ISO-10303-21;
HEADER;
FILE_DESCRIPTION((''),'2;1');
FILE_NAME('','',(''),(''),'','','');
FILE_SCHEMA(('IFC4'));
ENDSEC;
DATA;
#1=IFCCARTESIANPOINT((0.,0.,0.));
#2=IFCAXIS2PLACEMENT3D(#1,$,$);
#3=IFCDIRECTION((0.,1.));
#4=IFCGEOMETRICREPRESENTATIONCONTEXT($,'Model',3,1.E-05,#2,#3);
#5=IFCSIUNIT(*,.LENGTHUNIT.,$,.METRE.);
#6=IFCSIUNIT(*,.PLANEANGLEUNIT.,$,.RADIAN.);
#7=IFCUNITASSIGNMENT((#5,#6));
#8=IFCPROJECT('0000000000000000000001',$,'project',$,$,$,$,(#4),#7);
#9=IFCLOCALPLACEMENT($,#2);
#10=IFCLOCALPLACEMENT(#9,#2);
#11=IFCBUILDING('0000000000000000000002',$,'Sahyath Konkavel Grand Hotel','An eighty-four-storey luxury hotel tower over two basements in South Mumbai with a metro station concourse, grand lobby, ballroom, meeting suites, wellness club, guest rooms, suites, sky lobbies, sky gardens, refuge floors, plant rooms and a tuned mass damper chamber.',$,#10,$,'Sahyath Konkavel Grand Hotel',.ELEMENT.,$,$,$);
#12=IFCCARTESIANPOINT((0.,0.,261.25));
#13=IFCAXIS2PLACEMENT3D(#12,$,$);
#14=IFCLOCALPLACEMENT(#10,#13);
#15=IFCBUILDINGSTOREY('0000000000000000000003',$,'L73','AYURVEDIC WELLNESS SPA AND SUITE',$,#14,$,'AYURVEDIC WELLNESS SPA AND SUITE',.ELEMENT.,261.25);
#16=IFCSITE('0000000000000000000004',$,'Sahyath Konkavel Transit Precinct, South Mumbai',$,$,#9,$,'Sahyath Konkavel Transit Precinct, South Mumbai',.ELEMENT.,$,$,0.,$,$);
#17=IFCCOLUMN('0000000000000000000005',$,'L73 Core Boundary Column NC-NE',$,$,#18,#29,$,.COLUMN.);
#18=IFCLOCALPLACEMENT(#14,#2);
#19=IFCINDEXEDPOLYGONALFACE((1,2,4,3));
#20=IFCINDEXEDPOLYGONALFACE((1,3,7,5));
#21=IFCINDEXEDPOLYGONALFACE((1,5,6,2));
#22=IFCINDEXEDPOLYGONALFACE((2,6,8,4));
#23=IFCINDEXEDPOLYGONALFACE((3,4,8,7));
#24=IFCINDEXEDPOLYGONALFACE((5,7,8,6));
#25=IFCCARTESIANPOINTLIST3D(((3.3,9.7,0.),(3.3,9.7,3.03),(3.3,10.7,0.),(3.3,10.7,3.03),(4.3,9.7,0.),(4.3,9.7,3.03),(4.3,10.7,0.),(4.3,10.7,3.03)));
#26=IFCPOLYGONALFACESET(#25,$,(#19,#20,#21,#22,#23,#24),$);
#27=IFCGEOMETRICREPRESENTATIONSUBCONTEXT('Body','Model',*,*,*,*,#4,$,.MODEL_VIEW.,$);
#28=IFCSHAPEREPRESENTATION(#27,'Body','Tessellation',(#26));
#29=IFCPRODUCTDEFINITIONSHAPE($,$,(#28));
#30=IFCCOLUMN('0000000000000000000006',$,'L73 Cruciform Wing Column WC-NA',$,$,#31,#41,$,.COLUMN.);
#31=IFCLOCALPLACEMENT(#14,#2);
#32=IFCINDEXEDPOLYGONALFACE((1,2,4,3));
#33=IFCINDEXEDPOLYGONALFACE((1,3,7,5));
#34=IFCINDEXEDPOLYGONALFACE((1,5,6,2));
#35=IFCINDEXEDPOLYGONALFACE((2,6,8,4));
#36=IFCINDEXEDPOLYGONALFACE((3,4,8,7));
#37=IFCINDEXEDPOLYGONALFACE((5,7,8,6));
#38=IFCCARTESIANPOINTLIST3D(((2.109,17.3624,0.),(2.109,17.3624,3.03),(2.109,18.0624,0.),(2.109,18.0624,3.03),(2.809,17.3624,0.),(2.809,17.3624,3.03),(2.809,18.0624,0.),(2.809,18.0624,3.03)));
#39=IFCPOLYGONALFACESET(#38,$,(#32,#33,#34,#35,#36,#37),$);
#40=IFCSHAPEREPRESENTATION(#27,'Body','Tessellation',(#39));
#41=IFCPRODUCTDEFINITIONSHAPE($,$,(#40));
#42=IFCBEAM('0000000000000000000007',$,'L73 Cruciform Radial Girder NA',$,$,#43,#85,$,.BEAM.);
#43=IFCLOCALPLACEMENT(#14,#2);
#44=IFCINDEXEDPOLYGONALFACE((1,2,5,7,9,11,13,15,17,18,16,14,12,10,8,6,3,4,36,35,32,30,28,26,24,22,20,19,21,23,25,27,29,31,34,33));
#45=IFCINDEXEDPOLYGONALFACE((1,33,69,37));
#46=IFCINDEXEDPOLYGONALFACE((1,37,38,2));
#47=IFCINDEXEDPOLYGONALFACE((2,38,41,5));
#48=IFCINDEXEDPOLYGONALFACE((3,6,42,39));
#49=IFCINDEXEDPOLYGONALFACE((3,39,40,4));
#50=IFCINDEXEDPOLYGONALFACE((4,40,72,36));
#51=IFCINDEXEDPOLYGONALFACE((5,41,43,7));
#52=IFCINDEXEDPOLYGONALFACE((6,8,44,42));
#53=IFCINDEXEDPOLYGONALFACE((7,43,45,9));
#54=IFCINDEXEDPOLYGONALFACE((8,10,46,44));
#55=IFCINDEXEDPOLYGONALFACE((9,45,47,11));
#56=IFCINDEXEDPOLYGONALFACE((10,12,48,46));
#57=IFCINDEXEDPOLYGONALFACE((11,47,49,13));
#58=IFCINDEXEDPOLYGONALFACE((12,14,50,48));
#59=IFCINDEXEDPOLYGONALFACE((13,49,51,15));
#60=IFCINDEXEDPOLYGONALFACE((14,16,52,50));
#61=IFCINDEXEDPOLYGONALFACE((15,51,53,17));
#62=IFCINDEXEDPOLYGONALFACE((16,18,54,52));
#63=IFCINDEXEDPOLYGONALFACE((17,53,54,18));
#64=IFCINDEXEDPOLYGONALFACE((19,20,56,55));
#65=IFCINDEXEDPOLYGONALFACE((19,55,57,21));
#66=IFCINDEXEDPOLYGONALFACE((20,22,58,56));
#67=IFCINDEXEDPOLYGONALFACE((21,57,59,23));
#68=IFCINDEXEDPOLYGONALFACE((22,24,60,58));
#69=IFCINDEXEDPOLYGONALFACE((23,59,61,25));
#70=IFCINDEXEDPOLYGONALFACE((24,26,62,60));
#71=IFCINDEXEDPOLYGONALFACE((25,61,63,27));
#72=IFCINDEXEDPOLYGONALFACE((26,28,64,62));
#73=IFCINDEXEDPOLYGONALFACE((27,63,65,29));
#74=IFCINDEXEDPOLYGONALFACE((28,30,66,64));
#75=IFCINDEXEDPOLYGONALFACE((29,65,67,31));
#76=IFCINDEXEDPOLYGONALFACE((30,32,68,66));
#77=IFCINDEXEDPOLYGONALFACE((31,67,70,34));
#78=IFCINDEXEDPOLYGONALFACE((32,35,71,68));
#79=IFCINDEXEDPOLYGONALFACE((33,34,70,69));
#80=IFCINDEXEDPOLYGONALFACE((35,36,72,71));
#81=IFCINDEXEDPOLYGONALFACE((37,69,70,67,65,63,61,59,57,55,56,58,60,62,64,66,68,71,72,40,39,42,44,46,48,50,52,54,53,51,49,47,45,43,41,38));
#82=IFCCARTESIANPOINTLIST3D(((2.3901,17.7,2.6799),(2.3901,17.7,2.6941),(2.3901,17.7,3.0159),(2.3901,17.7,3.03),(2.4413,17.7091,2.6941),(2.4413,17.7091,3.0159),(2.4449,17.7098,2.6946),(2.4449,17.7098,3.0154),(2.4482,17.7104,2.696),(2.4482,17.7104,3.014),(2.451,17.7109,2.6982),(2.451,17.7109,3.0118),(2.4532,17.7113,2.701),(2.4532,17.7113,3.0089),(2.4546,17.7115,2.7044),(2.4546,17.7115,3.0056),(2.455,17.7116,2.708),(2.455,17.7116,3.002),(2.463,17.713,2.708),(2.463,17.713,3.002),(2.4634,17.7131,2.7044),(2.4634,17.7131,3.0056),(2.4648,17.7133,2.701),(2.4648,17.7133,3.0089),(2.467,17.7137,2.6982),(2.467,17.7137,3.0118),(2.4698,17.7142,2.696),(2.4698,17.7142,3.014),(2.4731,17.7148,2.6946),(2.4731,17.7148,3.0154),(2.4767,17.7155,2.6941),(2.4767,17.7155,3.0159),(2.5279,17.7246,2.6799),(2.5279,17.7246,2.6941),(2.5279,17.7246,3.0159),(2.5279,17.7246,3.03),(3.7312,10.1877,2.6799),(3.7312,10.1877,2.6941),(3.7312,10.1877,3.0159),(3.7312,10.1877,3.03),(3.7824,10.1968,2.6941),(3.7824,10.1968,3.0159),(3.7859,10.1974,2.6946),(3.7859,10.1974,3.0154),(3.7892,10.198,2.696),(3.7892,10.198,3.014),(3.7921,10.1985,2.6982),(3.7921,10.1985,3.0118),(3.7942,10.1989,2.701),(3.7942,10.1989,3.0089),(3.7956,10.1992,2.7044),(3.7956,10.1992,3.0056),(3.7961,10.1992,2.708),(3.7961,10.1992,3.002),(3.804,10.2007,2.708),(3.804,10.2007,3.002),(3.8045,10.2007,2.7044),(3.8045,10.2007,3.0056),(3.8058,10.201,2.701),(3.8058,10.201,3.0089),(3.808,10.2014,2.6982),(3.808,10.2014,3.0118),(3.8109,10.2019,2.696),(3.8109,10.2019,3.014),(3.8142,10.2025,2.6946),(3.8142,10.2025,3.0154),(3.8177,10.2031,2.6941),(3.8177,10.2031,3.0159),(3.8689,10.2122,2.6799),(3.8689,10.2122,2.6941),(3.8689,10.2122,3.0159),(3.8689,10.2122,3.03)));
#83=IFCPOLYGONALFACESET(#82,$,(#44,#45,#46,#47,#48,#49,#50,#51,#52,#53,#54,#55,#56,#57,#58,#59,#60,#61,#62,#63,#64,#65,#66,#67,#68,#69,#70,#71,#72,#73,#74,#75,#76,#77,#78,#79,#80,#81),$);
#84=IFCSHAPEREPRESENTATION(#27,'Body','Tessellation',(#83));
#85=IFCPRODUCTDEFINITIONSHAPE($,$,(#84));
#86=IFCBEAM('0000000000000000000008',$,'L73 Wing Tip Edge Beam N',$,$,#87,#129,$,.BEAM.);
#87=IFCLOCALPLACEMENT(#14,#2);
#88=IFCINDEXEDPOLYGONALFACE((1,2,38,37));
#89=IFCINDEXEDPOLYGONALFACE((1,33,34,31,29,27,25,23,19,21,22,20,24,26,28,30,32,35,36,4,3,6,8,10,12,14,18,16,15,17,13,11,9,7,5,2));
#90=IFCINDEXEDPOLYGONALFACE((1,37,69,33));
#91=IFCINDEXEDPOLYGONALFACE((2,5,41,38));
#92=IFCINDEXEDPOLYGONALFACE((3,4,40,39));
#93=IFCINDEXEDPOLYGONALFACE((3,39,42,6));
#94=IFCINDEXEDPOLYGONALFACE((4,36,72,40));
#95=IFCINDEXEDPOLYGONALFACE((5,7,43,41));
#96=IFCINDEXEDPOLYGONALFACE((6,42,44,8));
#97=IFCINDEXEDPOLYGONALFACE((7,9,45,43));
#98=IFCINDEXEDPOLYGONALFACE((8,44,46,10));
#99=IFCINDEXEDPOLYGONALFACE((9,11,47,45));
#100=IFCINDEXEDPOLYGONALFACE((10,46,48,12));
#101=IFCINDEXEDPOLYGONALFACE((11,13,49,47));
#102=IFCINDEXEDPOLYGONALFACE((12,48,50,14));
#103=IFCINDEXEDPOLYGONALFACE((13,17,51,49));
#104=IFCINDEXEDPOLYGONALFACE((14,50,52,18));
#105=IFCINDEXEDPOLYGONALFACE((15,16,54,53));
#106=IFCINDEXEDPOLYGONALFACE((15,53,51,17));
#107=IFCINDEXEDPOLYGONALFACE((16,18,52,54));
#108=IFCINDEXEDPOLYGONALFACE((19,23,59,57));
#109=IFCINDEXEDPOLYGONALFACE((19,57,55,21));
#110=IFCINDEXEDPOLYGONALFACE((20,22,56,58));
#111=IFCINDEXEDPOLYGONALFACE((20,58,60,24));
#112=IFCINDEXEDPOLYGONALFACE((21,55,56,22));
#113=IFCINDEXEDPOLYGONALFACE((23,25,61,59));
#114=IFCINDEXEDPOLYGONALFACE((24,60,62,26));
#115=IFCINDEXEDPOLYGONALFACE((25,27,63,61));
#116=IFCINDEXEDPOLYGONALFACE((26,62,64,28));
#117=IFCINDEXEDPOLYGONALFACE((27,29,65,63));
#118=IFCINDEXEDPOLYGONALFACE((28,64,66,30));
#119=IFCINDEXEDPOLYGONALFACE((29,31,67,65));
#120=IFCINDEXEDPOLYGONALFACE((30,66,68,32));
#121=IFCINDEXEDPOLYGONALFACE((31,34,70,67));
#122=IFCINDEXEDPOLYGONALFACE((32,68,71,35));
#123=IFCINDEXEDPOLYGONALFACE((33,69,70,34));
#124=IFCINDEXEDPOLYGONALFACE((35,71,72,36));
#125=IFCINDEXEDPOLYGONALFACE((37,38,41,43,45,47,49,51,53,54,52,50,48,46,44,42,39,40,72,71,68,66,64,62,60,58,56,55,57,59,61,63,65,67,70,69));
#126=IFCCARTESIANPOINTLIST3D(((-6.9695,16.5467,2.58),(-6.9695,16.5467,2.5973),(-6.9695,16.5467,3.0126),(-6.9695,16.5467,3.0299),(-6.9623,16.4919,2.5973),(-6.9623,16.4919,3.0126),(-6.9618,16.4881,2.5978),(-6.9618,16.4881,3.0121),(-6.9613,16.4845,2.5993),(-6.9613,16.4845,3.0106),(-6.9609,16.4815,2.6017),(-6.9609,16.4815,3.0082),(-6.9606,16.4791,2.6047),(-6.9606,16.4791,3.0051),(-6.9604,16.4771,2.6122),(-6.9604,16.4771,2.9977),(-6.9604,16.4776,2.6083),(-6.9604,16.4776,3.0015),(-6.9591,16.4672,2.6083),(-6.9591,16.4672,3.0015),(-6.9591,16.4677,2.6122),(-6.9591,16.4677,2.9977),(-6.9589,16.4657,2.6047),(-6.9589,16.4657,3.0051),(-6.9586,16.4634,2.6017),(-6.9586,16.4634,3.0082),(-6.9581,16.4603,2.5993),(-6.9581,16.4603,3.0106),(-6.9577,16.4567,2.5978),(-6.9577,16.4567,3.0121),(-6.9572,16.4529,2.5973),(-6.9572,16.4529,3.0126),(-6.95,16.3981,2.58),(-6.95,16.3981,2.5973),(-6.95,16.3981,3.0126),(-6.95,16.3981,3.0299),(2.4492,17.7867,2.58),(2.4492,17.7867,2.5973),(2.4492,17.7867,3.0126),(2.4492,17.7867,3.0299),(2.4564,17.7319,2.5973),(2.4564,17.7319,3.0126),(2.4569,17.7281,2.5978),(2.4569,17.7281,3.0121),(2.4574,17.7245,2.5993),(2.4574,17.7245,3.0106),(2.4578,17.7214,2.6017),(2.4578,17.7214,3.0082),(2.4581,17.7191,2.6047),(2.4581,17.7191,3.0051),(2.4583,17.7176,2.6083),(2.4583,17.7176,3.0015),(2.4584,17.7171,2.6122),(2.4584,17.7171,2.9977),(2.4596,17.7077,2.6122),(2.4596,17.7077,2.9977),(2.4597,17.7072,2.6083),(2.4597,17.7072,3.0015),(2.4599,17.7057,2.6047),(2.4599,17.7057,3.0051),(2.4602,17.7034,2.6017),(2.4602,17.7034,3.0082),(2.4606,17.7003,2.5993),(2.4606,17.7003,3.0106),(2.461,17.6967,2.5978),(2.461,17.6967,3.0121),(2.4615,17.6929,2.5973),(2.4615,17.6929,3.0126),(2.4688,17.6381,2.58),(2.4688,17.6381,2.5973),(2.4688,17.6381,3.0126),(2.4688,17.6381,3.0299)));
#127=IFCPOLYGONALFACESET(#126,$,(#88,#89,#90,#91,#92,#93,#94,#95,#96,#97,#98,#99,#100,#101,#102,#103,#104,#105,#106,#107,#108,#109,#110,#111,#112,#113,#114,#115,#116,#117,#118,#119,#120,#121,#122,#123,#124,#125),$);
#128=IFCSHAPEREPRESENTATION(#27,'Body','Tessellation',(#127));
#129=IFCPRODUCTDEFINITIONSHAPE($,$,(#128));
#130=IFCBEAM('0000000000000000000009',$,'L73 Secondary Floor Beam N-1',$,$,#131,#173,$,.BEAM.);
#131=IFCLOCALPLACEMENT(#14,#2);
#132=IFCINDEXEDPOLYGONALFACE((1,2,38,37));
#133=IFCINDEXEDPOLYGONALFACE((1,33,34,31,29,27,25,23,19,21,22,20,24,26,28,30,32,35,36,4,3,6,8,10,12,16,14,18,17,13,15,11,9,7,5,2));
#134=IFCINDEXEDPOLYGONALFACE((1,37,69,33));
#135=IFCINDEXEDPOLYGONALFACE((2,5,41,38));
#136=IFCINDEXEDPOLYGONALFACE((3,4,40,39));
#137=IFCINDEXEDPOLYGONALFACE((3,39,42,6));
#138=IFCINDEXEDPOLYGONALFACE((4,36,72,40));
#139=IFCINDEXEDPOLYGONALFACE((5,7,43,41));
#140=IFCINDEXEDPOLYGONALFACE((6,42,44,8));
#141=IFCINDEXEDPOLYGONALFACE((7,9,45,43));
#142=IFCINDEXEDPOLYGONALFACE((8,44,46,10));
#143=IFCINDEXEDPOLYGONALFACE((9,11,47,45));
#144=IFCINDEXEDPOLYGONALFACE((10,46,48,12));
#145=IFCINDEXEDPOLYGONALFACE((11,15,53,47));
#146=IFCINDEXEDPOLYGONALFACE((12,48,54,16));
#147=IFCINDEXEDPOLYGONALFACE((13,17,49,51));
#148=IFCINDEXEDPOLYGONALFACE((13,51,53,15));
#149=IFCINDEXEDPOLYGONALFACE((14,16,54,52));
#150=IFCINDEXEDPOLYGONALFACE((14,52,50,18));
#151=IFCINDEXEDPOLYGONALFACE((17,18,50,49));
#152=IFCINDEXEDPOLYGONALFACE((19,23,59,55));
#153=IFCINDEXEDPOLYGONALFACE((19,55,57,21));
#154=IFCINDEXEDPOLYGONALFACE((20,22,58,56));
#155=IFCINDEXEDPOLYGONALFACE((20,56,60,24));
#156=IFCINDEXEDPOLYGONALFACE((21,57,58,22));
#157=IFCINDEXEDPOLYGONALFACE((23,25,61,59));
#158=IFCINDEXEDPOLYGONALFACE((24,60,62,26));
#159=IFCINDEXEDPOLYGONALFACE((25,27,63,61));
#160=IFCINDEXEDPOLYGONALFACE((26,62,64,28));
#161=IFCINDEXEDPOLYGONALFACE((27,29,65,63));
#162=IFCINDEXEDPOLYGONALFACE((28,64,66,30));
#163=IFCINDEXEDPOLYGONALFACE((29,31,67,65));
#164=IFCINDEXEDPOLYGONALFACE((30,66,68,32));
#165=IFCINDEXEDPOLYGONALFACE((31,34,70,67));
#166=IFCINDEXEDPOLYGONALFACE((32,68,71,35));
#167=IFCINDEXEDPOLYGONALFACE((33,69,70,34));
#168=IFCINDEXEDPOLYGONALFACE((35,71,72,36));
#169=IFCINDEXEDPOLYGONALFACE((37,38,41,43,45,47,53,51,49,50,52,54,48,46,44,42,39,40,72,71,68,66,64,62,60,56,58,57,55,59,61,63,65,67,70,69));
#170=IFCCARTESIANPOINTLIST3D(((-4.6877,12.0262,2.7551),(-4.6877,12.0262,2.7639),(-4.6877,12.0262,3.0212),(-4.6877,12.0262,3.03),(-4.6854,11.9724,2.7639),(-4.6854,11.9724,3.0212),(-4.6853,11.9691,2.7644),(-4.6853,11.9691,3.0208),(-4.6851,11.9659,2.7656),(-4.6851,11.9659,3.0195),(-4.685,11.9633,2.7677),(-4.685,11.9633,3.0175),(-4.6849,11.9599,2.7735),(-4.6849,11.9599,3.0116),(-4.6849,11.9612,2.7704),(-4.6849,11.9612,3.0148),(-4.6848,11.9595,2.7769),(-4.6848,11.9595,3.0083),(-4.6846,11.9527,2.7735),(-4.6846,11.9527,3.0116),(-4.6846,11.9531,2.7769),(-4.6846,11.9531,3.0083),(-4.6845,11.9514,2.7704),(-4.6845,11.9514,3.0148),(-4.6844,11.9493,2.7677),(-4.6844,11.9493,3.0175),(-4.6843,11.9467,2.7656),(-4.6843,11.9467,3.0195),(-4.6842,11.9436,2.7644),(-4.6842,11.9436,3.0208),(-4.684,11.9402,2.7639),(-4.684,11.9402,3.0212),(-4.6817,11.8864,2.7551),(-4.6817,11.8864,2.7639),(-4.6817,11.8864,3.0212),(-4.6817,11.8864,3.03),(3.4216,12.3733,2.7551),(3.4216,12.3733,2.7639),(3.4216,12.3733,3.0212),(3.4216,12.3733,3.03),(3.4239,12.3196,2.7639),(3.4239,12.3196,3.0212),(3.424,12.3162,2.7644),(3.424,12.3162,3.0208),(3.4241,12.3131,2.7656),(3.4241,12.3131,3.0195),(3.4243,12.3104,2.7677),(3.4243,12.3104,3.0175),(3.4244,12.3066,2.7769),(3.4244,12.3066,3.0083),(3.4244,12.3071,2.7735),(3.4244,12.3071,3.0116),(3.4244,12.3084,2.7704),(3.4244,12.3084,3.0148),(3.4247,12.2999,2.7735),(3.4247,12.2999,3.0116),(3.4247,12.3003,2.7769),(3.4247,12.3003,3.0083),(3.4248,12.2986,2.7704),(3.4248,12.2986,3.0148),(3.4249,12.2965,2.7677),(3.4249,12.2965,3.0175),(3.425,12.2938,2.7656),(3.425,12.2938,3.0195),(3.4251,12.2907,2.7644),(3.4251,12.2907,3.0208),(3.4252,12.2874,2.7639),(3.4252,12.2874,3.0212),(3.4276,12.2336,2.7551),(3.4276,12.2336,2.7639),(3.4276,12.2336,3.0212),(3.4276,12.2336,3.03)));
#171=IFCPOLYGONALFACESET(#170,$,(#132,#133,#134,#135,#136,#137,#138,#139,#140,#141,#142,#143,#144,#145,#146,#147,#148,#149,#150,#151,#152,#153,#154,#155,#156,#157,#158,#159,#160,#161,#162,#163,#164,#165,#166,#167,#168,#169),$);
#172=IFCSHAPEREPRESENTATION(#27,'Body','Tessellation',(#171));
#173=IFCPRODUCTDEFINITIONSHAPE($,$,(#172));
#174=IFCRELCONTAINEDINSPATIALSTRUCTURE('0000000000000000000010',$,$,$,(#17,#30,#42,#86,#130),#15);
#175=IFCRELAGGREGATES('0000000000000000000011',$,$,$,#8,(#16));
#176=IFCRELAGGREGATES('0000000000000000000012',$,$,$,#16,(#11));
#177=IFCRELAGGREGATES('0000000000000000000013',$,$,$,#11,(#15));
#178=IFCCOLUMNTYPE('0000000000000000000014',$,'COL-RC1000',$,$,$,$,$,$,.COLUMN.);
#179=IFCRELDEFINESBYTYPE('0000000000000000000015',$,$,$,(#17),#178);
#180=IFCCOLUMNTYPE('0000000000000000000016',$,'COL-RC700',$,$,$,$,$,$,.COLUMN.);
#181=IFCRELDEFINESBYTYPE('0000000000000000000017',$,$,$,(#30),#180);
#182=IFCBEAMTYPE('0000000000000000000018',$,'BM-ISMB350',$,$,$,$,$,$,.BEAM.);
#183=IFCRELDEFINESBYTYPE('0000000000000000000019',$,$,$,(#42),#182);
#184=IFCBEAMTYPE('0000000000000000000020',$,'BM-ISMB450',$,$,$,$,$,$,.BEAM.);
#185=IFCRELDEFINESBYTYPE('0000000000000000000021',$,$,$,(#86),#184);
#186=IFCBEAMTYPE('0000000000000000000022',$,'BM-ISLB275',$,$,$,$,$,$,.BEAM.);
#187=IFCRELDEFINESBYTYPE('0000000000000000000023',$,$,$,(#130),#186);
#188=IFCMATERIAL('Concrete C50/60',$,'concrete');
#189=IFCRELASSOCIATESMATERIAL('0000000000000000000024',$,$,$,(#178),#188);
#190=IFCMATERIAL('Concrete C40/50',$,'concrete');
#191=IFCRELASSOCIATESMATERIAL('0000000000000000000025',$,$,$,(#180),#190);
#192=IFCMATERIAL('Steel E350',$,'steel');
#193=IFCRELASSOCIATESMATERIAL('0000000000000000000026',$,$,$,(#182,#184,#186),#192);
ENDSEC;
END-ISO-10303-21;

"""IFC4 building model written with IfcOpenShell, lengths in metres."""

from ifc_helpers import new_model, si_unit, direction, frame, origin, origin_2d, place, context, subcontext, project, spatial, rectangle, i_section, extrude, source, transform, mapped, material, material_profile, profile_set, type_object, element, save


model = new_model("IFC4")

# Units and contexts
model_context = context("Model", 3, precision=1e-05, world=origin(), true_north=direction((0.0, 1.0)))
body_context = subcontext(model_context, "Body", "Model", "MODEL_VIEW")
ifc_project = project(units=[si_unit("LENGTHUNIT", "METRE"), si_unit("PLANEANGLEUNIT", "RADIAN")], contexts=[model_context])

# Site, building, storey
site_placement = place(None, origin())
site = spatial("IfcSite", under=ifc_project, at=site_placement, Name="Sahyath Konkavel Transit Precinct, South Mumbai", LongName="Sahyath Konkavel Transit Precinct, South Mumbai", CompositionType="ELEMENT", RefElevation=0.0)
building_placement = place(site_placement, origin())
building = spatial("IfcBuilding", under=site, at=building_placement, Name="Sahyath Konkavel Grand Hotel", Description="An eighty-four-storey luxury hotel tower over two basements in South Mumbai with a metro station concourse, grand lobby, ballroom, meeting suites, wellness club, guest rooms, suites, sky lobbies, sky gardens, refuge floors, plant rooms and a tuned mass damper chamber.", LongName="Sahyath Konkavel Grand Hotel", CompositionType="ELEMENT")
storey_placement = place(building_placement, frame((0.0, 0.0, 261.25)))
storey = spatial("IfcBuildingStorey", under=building, at=storey_placement, Name="L73", Description="AYURVEDIC WELLNESS SPA AND SUITE", LongName="AYURVEDIC WELLNESS SPA AND SUITE", CompositionType="ELEMENT", Elevation=261.25)

# Columns
ifc_material_1 = material(Name="Concrete C50/60", Category="concrete")
ifc_material_profile_1 = material_profile(ifc_material_1, rectangle(XDim=1.0, YDim=1.0, at=origin_2d()), Name="RC 1000x1000")
ifc_profile_set_1 = profile_set([ifc_material_profile_1], Name="Concrete C50/60")
column_type_1 = type_object("IfcColumnType", Name="COL-RC1000", PredefinedType="COLUMN", material=ifc_profile_set_1)
shared_shape_1 = source(origin(), body_context, "Body", "SweptSolid", [
    extrude(rectangle(XDim=1.0, YDim=1.0, at=origin_2d()), origin(), (0.0, 0.0, 1.0), 3.03),
])
column_1_placement = place(storey_placement, frame((3.8, 10.2, 0.0), z_axis=(0.0, 0.0, 1.0), x_axis=(1.0, 0.0, 0.0)))
element("IfcColumn", 1, at=column_1_placement, inside=storey, type_object=column_type_1, Name="L73 Core Boundary Column NC-NE", PredefinedType="COLUMN", context=body_context, shape_type="MappedRepresentation", body=[
    mapped(shared_shape_1, transform((0.0, 0.0, 0.0), scale=1.0)),
])
ifc_material_2 = material(Name="Concrete C40/50", Category="concrete")
ifc_material_profile_2 = material_profile(ifc_material_2, rectangle(XDim=0.7, YDim=0.7, at=origin_2d()), Name="RC 700x700")
ifc_profile_set_2 = profile_set([ifc_material_profile_2], Name="Concrete C40/50")
column_type_2 = type_object("IfcColumnType", Name="COL-RC700", PredefinedType="COLUMN", material=ifc_profile_set_2)
shared_shape_2 = source(origin(), body_context, "Body", "SweptSolid", [
    extrude(rectangle(XDim=0.7, YDim=0.7, at=origin_2d()), origin(), (0.0, 0.0, 1.0), 3.03),
])
column_2_placement = place(storey_placement, frame((2.459, 17.7124, 0.0), z_axis=(0.0, 0.0, 1.0), x_axis=(1.0, 0.0, 0.0)))
element("IfcColumn", 2, at=column_2_placement, inside=storey, type_object=column_type_2, Name="L73 Cruciform Wing Column WC-NA", PredefinedType="COLUMN", context=body_context, shape_type="MappedRepresentation", body=[
    mapped(shared_shape_2, transform((0.0, 0.0, 0.0), scale=1.0)),
])

# Beams
ifc_material_3 = material(Name="Steel E350", Category="steel")
ifc_material_profile_3 = material_profile(ifc_material_3, i_section(OverallWidth=0.1399, OverallDepth=0.3501, WebThickness=0.0081, FlangeThickness=0.0142, FilletRadius=0.0139, at=origin_2d()), Name="ISMB 350")
ifc_profile_set_3 = profile_set([ifc_material_profile_3], Name="Steel E350")
beam_type_1 = type_object("IfcBeamType", Name="BM-ISMB350", PredefinedType="BEAM", material=ifc_profile_set_3)
shared_shape_3 = source(origin(), body_context, "Body", "SweptSolid", [
    extrude(i_section(OverallWidth=0.1399, OverallDepth=0.3501, WebThickness=0.0081, FlangeThickness=0.0142, FilletRadius=0.0139, at=origin_2d()), origin(), (0.0, 0.0, 1.0), 7.6311),
])
beam_1_placement = place(storey_placement, frame((3.8, 10.2, 2.855), z_axis=(-0.175734, 0.984438, 0.0), x_axis=(-0.984438, -0.175734, 0.0)))
element("IfcBeam", 3, at=beam_1_placement, inside=storey, type_object=beam_type_1, Name="L73 Cruciform Radial Girder NA", PredefinedType="BEAM", context=body_context, shape_type="MappedRepresentation", body=[
    mapped(shared_shape_3, transform((0.0, 0.0, 0.0), scale=1.0)),
])
ifc_material_profile_4 = material_profile(ifc_material_3, i_section(OverallWidth=0.1499, OverallDepth=0.45, WebThickness=0.0095, FlangeThickness=0.0173, FilletRadius=0.0149, at=origin_2d()), Name="ISMB 450")
ifc_profile_set_4 = profile_set([ifc_material_profile_4], Name="Steel E350")
beam_type_2 = type_object("IfcBeamType", Name="BM-ISMB450", PredefinedType="BEAM", material=ifc_profile_set_4)
shared_shape_4 = source(origin(), body_context, "Body", "SweptSolid", [
    extrude(i_section(OverallWidth=0.1499, OverallDepth=0.45, WebThickness=0.0095, FlangeThickness=0.0173, FilletRadius=0.0149, at=origin_2d()), origin(), (0.0, 0.0, 1.0), 9.5),
])
beam_2_placement = place(storey_placement, frame((2.459, 17.7124, 2.8049), z_axis=(-0.991445, -0.130526, 0.0), x_axis=(0.130526, -0.991445, 0.0)))
element("IfcBeam", 4, at=beam_2_placement, inside=storey, type_object=beam_type_2, Name="L73 Wing Tip Edge Beam N", PredefinedType="BEAM", context=body_context, shape_type="MappedRepresentation", body=[
    mapped(shared_shape_4, transform((0.0, 0.0, 0.0), scale=1.0)),
])
ifc_material_profile_5 = material_profile(ifc_material_3, i_section(OverallWidth=0.1399, OverallDepth=0.2749, WebThickness=0.0063, FlangeThickness=0.0088, FilletRadius=0.0129, at=origin_2d()), Name="ISLB 275")
ifc_profile_set_5 = profile_set([ifc_material_profile_5], Name="Steel E350")
beam_type_3 = type_object("IfcBeamType", Name="BM-ISLB275", PredefinedType="BEAM", material=ifc_profile_set_5)
shared_shape_5 = source(origin(), body_context, "Body", "SweptSolid", [
    extrude(i_section(OverallWidth=0.1399, OverallDepth=0.2749, WebThickness=0.0063, FlangeThickness=0.0088, FilletRadius=0.0129, at=origin_2d()), origin(), (0.0, 0.0, 1.0), 8.1167),
])
beam_3_placement = place(storey_placement, frame((3.4246, 12.3035, 2.8926), z_axis=(-0.999085, -0.042772, 0.0), x_axis=(0.042772, -0.999085, 0.0)))
element("IfcBeam", 5, at=beam_3_placement, inside=storey, type_object=beam_type_3, Name="L73 Secondary Floor Beam N-1", PredefinedType="BEAM", context=body_context, shape_type="MappedRepresentation", body=[
    mapped(shared_shape_5, transform((0.0, 0.0, 0.0), scale=1.0)),
])

save(model, "model.ifc")
